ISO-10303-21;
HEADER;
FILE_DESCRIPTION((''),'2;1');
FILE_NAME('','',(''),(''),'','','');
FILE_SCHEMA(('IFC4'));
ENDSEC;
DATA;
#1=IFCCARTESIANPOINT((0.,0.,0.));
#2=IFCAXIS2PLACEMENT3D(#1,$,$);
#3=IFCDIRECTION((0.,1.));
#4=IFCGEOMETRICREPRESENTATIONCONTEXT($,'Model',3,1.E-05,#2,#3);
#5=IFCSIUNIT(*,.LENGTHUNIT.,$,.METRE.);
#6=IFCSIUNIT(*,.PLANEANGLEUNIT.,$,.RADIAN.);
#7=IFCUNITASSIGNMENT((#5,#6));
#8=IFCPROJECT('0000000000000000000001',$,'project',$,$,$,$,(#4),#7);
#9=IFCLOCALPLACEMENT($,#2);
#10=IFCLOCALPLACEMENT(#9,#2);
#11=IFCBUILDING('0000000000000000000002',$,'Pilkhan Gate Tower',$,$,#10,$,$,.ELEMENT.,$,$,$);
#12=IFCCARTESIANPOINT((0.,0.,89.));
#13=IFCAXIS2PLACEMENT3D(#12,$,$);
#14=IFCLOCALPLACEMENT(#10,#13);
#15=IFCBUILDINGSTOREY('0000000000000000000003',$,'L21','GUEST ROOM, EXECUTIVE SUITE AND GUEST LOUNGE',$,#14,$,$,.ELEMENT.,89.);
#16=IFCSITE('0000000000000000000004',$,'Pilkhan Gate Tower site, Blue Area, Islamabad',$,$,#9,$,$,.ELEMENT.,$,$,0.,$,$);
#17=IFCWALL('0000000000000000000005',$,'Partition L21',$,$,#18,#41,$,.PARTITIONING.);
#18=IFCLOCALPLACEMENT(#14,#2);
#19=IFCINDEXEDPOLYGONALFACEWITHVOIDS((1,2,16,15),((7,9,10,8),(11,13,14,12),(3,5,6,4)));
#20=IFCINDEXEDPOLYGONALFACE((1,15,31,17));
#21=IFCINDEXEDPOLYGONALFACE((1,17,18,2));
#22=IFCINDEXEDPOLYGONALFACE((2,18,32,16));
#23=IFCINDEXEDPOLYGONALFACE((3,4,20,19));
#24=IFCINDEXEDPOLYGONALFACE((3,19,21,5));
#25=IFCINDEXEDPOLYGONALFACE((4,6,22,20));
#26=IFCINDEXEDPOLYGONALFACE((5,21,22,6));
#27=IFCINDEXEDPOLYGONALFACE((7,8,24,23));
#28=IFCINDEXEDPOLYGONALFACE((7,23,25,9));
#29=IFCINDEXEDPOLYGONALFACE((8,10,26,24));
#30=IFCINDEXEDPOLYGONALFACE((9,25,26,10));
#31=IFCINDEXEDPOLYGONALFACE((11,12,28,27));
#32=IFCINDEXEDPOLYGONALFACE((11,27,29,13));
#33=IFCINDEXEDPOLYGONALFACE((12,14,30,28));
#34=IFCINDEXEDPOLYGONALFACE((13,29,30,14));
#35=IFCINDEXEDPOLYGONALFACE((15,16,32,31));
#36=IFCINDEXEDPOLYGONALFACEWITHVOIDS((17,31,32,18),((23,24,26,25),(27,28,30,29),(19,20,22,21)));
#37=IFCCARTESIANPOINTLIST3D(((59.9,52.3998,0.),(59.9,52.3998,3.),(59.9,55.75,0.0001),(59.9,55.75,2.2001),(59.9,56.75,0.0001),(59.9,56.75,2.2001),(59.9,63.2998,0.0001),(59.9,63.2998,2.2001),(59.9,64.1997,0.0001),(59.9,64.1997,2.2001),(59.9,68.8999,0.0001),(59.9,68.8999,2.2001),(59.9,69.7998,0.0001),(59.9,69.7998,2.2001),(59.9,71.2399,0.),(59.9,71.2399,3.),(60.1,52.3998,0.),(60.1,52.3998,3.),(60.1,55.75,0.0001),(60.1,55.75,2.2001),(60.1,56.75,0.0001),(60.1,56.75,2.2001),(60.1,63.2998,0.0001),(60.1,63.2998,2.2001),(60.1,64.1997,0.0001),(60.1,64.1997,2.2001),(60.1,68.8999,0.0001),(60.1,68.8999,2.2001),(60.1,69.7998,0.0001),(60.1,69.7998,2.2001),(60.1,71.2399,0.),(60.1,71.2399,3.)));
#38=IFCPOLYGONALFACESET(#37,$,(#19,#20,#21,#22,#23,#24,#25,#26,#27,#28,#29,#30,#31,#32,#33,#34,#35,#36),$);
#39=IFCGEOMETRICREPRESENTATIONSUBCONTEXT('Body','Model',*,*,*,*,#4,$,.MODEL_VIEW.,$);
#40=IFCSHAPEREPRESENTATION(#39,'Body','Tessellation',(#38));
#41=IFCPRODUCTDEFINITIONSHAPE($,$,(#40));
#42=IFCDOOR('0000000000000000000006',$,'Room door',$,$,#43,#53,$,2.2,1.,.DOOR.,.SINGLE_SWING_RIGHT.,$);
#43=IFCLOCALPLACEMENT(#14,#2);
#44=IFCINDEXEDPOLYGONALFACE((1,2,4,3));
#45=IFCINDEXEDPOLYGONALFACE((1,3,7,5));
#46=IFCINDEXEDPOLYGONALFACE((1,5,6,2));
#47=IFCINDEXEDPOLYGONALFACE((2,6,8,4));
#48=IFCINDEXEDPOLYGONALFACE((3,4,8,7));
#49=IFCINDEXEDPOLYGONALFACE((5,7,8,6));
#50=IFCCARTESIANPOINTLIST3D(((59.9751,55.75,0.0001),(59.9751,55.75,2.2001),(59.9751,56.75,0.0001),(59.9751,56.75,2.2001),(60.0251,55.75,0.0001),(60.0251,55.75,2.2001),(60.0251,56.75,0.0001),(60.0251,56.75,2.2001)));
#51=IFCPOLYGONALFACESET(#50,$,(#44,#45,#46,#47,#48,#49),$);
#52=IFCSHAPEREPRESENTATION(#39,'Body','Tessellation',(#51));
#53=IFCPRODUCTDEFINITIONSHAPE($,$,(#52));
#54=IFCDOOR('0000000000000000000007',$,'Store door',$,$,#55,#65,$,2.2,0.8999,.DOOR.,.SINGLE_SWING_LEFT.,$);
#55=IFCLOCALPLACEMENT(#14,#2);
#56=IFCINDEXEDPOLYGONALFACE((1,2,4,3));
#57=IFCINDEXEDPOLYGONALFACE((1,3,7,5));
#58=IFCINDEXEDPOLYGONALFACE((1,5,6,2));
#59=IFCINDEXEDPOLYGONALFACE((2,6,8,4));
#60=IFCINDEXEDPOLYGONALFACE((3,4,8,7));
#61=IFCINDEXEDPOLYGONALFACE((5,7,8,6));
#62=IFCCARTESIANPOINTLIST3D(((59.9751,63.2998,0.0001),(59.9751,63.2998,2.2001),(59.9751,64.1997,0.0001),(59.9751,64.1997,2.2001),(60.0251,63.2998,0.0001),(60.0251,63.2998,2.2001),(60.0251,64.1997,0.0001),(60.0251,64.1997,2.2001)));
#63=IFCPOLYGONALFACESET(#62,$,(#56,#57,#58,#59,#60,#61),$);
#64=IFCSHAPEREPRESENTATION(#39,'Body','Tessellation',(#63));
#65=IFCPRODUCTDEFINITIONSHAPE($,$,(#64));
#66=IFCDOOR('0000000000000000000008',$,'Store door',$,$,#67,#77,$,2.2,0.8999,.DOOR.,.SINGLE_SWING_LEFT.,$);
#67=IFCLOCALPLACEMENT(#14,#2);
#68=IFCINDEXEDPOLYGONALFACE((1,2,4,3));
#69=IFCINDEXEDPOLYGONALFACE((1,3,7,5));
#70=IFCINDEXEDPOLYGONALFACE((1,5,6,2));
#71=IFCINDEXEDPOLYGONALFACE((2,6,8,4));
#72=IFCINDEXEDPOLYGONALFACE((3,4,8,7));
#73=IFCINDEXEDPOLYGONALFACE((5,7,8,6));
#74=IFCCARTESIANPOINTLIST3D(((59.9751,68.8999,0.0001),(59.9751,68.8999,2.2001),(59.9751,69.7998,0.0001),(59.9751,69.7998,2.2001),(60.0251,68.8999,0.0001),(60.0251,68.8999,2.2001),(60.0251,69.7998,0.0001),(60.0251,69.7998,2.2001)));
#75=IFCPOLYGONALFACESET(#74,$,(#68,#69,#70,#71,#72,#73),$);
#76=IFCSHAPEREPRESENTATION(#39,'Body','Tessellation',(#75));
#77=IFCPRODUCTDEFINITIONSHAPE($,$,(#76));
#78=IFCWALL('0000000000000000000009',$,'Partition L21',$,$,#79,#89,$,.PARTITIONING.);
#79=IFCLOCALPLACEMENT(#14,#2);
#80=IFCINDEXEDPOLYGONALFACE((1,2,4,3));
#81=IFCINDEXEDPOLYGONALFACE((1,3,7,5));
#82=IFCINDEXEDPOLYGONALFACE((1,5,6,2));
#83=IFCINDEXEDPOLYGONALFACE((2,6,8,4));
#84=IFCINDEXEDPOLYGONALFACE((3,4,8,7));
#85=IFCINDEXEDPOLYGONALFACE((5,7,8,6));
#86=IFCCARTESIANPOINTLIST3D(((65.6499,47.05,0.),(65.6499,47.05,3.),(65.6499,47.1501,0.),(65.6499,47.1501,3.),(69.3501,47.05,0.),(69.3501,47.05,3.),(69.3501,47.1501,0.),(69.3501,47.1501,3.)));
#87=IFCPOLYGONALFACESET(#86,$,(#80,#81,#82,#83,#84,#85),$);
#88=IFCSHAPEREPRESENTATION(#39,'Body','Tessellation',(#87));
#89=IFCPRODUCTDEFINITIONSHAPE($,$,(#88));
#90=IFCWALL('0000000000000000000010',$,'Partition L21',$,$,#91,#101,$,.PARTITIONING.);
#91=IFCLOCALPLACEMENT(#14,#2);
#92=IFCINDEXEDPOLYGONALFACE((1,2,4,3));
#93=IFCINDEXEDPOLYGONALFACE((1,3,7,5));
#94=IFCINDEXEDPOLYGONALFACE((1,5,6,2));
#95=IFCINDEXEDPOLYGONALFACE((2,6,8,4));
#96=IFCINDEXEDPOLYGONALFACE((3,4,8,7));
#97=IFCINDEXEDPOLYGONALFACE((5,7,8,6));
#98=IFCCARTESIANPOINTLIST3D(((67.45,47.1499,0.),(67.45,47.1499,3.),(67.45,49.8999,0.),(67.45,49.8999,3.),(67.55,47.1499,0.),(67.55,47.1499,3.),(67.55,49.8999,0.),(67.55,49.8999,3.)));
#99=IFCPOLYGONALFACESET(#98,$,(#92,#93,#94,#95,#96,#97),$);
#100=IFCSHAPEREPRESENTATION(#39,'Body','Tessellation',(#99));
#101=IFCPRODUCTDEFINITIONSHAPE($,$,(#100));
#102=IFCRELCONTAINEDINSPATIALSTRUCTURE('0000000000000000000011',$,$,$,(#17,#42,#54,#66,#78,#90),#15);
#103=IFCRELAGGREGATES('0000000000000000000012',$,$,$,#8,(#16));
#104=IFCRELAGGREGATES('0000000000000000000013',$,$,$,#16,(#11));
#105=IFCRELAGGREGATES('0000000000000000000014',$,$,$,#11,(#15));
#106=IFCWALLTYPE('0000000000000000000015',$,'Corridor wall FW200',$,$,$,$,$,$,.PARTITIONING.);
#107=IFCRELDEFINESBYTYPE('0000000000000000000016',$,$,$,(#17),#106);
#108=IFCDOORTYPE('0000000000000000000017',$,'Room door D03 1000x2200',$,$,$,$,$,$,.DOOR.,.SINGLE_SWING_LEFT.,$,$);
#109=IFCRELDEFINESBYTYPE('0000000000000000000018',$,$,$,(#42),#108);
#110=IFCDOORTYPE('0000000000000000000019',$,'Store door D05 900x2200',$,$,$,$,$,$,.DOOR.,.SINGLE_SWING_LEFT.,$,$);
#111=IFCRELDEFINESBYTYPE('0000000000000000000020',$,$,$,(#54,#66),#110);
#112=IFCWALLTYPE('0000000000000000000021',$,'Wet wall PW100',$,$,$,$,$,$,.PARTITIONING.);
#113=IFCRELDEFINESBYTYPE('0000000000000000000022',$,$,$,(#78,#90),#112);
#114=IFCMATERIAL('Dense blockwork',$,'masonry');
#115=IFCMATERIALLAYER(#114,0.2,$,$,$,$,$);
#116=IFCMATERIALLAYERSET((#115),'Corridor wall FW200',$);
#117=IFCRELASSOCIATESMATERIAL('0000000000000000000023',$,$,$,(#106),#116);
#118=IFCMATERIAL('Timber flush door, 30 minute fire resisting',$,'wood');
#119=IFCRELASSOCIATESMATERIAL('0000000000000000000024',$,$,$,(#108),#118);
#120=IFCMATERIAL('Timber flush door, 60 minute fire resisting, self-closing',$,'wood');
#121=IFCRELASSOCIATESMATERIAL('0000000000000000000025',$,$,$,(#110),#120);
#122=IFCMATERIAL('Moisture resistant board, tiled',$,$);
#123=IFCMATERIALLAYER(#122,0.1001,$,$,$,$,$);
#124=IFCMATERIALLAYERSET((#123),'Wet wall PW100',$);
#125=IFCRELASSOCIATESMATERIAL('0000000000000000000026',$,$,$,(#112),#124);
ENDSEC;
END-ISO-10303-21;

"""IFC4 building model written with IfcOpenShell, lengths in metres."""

from ifc_helpers import new_model, si_unit, direction, frame, frame_2d, origin, place, context, subcontext, project, spatial, rectangle, extrude, material, layer, layer_set, type_object, element, fill, save


model = new_model("IFC4")

# Units and contexts
model_context = context("Model", 3, precision=1e-05, world=origin(), true_north=direction((0.0, 1.0)))
body_context = subcontext(model_context, "Body", "Model", "MODEL_VIEW")
ifc_project = project(units=[si_unit("LENGTHUNIT", "METRE"), si_unit("PLANEANGLEUNIT", "RADIAN")], contexts=[model_context])

# Site, building, storey
site_placement = place(None, origin())
site = spatial("IfcSite", under=ifc_project, at=site_placement, Name="Pilkhan Gate Tower site, Blue Area, Islamabad", CompositionType="ELEMENT", RefElevation=0.0)
building_placement = place(site_placement, origin())
building = spatial("IfcBuilding", under=site, at=building_placement, Name="Pilkhan Gate Tower", CompositionType="ELEMENT")
storey_placement = place(building_placement, frame((0.0, 0.0, 89.0)))
storey = spatial("IfcBuildingStorey", under=building, at=storey_placement, Name="L21", Description="GUEST ROOM, EXECUTIVE SUITE AND GUEST LOUNGE", CompositionType="ELEMENT", Elevation=89.0)

# Wall, openings, doors
ifc_material_1 = material(Name="Dense blockwork", Category="masonry")
ifc_layer_1 = layer(ifc_material_1, 0.2)
ifc_layer_set_1 = layer_set([ifc_layer_1], Name="Corridor wall FW200")
wall_type_1 = type_object("IfcWallType", Name="Corridor wall FW200", PredefinedType="PARTITIONING", material=ifc_layer_set_1)
ifc_material_2 = material(Name="Timber flush door, 30 minute fire resisting", Category="wood")
door_type_1 = type_object("IfcDoorType", Name="Room door D03 1000x2200", OperationType="SINGLE_SWING_LEFT", PredefinedType="DOOR", material=ifc_material_2)
ifc_material_3 = material(Name="Timber flush door, 60 minute fire resisting, self-closing", Category="wood")
door_type_2 = type_object("IfcDoorType", Name="Store door D05 900x2200", OperationType="SINGLE_SWING_LEFT", PredefinedType="DOOR", material=ifc_material_3)
wall_1_placement = place(storey_placement, frame((60.0, 52.3999, 0.0), z_axis=(0.0, 0.0, 1.0), x_axis=(0.0, 1.0, 0.0)))
wall_1 = element("IfcWall", 1, at=wall_1_placement, inside=storey, type_object=wall_type_1, Name="Partition L21", PredefinedType="PARTITIONING", context=body_context, shape_type="SweptSolid", body=[
    extrude(rectangle(XDim=18.8401, YDim=0.2, at=frame_2d((9.4199, 0.0))), origin(), (0.0, 0.0, 1.0), 3.0),
])
opening_1_placement = place(wall_1_placement, frame((3.3501, 0.0, 0.0)))
opening_1 = element("IfcOpeningElement", 2, at=opening_1_placement, cuts=wall_1, PredefinedType="OPENING", context=body_context, shape_type="SweptSolid", body=[
    extrude(rectangle(XDim=1.0, YDim=2.2, at=frame_2d((0.5, 1.1001))), frame((0.0, 0.1099, 0.0), z_axis=(0.0, -1.0, 0.0), x_axis=(1.0, 0.0, 0.0)), (0.0, 0.0, 1.0), 0.22),
])
opening_2_placement = place(wall_1_placement, frame((10.8999, 0.0, 0.0)))
opening_2 = element("IfcOpeningElement", 3, at=opening_2_placement, cuts=wall_1, PredefinedType="OPENING", context=body_context, shape_type="SweptSolid", body=[
    extrude(rectangle(XDim=0.8999, YDim=2.2, at=frame_2d((0.45, 1.1001))), frame((0.0, 0.1099, 0.0), z_axis=(0.0, -1.0, 0.0), x_axis=(1.0, 0.0, 0.0)), (0.0, 0.0, 1.0), 0.22),
])
opening_3_placement = place(wall_1_placement, frame((16.5, 0.0, 0.0)))
opening_3 = element("IfcOpeningElement", 4, at=opening_3_placement, cuts=wall_1, PredefinedType="OPENING", context=body_context, shape_type="SweptSolid", body=[
    extrude(rectangle(XDim=0.8999, YDim=2.2, at=frame_2d((0.45, 1.1001))), frame((0.0, 0.1099, 0.0), z_axis=(0.0, -1.0, 0.0), x_axis=(1.0, 0.0, 0.0)), (0.0, 0.0, 1.0), 0.22),
])
door_1_placement = place(opening_1_placement, origin())
door_1 = element("IfcDoor", 5, at=door_1_placement, inside=storey, type_object=door_type_1, Name="Room door", OperationType="SINGLE_SWING_RIGHT", OverallHeight=2.2, OverallWidth=1.0, PredefinedType="DOOR", context=body_context, shape_type="SweptSolid", body=[
    extrude(rectangle(XDim=1.0, YDim=2.2, at=frame_2d((0.5, 1.1001))), frame((0.0, 0.0249, 0.0), z_axis=(0.0, -1.0, 0.0), x_axis=(1.0, 0.0, 0.0)), (0.0, 0.0, 1.0), 0.05),
])
fill(opening_1, door_1)
door_2_placement = place(opening_2_placement, origin())
door_2 = element("IfcDoor", 6, at=door_2_placement, inside=storey, type_object=door_type_2, Name="Store door", OperationType="SINGLE_SWING_LEFT", OverallHeight=2.2, OverallWidth=0.8999, PredefinedType="DOOR", context=body_context, shape_type="SweptSolid", body=[
    extrude(rectangle(XDim=0.8999, YDim=2.2, at=frame_2d((0.45, 1.1001))), frame((0.0, 0.0249, 0.0), z_axis=(0.0, -1.0, 0.0), x_axis=(1.0, 0.0, 0.0)), (0.0, 0.0, 1.0), 0.05),
])
fill(opening_2, door_2)
door_3_placement = place(opening_3_placement, origin())
door_3 = element("IfcDoor", 7, at=door_3_placement, inside=storey, type_object=door_type_2, Name="Store door", OperationType="SINGLE_SWING_LEFT", OverallHeight=2.2, OverallWidth=0.8999, PredefinedType="DOOR", context=body_context, shape_type="SweptSolid", body=[
    extrude(rectangle(XDim=0.8999, YDim=2.2, at=frame_2d((0.45, 1.1001))), frame((0.0, 0.0249, 0.0), z_axis=(0.0, -1.0, 0.0), x_axis=(1.0, 0.0, 0.0)), (0.0, 0.0, 1.0), 0.05),
])
fill(opening_3, door_3)

# Walls
ifc_material_4 = material(Name="Moisture resistant board, tiled")
ifc_layer_2 = layer(ifc_material_4, 0.1001)
ifc_layer_set_2 = layer_set([ifc_layer_2], Name="Wet wall PW100")
wall_type_2 = type_object("IfcWallType", Name="Wet wall PW100", PredefinedType="PARTITIONING", material=ifc_layer_set_2)
wall_2_placement = place(storey_placement, frame((65.6499, 47.1001, 0.0), z_axis=(0.0, 0.0, 1.0), x_axis=(1.0, 0.0, 0.0)))
element("IfcWall", 8, at=wall_2_placement, inside=storey, type_object=wall_type_2, Name="Partition L21", PredefinedType="PARTITIONING", context=body_context, shape_type="SweptSolid", body=[
    extrude(rectangle(XDim=3.7002, YDim=0.1001, at=frame_2d((1.8501, 0.0))), origin(), (0.0, 0.0, 1.0), 3.0),
])
wall_3_placement = place(storey_placement, frame((67.5, 47.1499, 0.0), z_axis=(0.0, 0.0, 1.0), x_axis=(0.0, 1.0, 0.0)))
element("IfcWall", 9, at=wall_3_placement, inside=storey, type_object=wall_type_2, Name="Partition L21", PredefinedType="PARTITIONING", context=body_context, shape_type="SweptSolid", body=[
    extrude(rectangle(XDim=2.75, YDim=0.1001, at=frame_2d((1.375, 0.0))), origin(), (0.0, 0.0, 1.0), 3.0),
])

save(model, "model.ifc")
